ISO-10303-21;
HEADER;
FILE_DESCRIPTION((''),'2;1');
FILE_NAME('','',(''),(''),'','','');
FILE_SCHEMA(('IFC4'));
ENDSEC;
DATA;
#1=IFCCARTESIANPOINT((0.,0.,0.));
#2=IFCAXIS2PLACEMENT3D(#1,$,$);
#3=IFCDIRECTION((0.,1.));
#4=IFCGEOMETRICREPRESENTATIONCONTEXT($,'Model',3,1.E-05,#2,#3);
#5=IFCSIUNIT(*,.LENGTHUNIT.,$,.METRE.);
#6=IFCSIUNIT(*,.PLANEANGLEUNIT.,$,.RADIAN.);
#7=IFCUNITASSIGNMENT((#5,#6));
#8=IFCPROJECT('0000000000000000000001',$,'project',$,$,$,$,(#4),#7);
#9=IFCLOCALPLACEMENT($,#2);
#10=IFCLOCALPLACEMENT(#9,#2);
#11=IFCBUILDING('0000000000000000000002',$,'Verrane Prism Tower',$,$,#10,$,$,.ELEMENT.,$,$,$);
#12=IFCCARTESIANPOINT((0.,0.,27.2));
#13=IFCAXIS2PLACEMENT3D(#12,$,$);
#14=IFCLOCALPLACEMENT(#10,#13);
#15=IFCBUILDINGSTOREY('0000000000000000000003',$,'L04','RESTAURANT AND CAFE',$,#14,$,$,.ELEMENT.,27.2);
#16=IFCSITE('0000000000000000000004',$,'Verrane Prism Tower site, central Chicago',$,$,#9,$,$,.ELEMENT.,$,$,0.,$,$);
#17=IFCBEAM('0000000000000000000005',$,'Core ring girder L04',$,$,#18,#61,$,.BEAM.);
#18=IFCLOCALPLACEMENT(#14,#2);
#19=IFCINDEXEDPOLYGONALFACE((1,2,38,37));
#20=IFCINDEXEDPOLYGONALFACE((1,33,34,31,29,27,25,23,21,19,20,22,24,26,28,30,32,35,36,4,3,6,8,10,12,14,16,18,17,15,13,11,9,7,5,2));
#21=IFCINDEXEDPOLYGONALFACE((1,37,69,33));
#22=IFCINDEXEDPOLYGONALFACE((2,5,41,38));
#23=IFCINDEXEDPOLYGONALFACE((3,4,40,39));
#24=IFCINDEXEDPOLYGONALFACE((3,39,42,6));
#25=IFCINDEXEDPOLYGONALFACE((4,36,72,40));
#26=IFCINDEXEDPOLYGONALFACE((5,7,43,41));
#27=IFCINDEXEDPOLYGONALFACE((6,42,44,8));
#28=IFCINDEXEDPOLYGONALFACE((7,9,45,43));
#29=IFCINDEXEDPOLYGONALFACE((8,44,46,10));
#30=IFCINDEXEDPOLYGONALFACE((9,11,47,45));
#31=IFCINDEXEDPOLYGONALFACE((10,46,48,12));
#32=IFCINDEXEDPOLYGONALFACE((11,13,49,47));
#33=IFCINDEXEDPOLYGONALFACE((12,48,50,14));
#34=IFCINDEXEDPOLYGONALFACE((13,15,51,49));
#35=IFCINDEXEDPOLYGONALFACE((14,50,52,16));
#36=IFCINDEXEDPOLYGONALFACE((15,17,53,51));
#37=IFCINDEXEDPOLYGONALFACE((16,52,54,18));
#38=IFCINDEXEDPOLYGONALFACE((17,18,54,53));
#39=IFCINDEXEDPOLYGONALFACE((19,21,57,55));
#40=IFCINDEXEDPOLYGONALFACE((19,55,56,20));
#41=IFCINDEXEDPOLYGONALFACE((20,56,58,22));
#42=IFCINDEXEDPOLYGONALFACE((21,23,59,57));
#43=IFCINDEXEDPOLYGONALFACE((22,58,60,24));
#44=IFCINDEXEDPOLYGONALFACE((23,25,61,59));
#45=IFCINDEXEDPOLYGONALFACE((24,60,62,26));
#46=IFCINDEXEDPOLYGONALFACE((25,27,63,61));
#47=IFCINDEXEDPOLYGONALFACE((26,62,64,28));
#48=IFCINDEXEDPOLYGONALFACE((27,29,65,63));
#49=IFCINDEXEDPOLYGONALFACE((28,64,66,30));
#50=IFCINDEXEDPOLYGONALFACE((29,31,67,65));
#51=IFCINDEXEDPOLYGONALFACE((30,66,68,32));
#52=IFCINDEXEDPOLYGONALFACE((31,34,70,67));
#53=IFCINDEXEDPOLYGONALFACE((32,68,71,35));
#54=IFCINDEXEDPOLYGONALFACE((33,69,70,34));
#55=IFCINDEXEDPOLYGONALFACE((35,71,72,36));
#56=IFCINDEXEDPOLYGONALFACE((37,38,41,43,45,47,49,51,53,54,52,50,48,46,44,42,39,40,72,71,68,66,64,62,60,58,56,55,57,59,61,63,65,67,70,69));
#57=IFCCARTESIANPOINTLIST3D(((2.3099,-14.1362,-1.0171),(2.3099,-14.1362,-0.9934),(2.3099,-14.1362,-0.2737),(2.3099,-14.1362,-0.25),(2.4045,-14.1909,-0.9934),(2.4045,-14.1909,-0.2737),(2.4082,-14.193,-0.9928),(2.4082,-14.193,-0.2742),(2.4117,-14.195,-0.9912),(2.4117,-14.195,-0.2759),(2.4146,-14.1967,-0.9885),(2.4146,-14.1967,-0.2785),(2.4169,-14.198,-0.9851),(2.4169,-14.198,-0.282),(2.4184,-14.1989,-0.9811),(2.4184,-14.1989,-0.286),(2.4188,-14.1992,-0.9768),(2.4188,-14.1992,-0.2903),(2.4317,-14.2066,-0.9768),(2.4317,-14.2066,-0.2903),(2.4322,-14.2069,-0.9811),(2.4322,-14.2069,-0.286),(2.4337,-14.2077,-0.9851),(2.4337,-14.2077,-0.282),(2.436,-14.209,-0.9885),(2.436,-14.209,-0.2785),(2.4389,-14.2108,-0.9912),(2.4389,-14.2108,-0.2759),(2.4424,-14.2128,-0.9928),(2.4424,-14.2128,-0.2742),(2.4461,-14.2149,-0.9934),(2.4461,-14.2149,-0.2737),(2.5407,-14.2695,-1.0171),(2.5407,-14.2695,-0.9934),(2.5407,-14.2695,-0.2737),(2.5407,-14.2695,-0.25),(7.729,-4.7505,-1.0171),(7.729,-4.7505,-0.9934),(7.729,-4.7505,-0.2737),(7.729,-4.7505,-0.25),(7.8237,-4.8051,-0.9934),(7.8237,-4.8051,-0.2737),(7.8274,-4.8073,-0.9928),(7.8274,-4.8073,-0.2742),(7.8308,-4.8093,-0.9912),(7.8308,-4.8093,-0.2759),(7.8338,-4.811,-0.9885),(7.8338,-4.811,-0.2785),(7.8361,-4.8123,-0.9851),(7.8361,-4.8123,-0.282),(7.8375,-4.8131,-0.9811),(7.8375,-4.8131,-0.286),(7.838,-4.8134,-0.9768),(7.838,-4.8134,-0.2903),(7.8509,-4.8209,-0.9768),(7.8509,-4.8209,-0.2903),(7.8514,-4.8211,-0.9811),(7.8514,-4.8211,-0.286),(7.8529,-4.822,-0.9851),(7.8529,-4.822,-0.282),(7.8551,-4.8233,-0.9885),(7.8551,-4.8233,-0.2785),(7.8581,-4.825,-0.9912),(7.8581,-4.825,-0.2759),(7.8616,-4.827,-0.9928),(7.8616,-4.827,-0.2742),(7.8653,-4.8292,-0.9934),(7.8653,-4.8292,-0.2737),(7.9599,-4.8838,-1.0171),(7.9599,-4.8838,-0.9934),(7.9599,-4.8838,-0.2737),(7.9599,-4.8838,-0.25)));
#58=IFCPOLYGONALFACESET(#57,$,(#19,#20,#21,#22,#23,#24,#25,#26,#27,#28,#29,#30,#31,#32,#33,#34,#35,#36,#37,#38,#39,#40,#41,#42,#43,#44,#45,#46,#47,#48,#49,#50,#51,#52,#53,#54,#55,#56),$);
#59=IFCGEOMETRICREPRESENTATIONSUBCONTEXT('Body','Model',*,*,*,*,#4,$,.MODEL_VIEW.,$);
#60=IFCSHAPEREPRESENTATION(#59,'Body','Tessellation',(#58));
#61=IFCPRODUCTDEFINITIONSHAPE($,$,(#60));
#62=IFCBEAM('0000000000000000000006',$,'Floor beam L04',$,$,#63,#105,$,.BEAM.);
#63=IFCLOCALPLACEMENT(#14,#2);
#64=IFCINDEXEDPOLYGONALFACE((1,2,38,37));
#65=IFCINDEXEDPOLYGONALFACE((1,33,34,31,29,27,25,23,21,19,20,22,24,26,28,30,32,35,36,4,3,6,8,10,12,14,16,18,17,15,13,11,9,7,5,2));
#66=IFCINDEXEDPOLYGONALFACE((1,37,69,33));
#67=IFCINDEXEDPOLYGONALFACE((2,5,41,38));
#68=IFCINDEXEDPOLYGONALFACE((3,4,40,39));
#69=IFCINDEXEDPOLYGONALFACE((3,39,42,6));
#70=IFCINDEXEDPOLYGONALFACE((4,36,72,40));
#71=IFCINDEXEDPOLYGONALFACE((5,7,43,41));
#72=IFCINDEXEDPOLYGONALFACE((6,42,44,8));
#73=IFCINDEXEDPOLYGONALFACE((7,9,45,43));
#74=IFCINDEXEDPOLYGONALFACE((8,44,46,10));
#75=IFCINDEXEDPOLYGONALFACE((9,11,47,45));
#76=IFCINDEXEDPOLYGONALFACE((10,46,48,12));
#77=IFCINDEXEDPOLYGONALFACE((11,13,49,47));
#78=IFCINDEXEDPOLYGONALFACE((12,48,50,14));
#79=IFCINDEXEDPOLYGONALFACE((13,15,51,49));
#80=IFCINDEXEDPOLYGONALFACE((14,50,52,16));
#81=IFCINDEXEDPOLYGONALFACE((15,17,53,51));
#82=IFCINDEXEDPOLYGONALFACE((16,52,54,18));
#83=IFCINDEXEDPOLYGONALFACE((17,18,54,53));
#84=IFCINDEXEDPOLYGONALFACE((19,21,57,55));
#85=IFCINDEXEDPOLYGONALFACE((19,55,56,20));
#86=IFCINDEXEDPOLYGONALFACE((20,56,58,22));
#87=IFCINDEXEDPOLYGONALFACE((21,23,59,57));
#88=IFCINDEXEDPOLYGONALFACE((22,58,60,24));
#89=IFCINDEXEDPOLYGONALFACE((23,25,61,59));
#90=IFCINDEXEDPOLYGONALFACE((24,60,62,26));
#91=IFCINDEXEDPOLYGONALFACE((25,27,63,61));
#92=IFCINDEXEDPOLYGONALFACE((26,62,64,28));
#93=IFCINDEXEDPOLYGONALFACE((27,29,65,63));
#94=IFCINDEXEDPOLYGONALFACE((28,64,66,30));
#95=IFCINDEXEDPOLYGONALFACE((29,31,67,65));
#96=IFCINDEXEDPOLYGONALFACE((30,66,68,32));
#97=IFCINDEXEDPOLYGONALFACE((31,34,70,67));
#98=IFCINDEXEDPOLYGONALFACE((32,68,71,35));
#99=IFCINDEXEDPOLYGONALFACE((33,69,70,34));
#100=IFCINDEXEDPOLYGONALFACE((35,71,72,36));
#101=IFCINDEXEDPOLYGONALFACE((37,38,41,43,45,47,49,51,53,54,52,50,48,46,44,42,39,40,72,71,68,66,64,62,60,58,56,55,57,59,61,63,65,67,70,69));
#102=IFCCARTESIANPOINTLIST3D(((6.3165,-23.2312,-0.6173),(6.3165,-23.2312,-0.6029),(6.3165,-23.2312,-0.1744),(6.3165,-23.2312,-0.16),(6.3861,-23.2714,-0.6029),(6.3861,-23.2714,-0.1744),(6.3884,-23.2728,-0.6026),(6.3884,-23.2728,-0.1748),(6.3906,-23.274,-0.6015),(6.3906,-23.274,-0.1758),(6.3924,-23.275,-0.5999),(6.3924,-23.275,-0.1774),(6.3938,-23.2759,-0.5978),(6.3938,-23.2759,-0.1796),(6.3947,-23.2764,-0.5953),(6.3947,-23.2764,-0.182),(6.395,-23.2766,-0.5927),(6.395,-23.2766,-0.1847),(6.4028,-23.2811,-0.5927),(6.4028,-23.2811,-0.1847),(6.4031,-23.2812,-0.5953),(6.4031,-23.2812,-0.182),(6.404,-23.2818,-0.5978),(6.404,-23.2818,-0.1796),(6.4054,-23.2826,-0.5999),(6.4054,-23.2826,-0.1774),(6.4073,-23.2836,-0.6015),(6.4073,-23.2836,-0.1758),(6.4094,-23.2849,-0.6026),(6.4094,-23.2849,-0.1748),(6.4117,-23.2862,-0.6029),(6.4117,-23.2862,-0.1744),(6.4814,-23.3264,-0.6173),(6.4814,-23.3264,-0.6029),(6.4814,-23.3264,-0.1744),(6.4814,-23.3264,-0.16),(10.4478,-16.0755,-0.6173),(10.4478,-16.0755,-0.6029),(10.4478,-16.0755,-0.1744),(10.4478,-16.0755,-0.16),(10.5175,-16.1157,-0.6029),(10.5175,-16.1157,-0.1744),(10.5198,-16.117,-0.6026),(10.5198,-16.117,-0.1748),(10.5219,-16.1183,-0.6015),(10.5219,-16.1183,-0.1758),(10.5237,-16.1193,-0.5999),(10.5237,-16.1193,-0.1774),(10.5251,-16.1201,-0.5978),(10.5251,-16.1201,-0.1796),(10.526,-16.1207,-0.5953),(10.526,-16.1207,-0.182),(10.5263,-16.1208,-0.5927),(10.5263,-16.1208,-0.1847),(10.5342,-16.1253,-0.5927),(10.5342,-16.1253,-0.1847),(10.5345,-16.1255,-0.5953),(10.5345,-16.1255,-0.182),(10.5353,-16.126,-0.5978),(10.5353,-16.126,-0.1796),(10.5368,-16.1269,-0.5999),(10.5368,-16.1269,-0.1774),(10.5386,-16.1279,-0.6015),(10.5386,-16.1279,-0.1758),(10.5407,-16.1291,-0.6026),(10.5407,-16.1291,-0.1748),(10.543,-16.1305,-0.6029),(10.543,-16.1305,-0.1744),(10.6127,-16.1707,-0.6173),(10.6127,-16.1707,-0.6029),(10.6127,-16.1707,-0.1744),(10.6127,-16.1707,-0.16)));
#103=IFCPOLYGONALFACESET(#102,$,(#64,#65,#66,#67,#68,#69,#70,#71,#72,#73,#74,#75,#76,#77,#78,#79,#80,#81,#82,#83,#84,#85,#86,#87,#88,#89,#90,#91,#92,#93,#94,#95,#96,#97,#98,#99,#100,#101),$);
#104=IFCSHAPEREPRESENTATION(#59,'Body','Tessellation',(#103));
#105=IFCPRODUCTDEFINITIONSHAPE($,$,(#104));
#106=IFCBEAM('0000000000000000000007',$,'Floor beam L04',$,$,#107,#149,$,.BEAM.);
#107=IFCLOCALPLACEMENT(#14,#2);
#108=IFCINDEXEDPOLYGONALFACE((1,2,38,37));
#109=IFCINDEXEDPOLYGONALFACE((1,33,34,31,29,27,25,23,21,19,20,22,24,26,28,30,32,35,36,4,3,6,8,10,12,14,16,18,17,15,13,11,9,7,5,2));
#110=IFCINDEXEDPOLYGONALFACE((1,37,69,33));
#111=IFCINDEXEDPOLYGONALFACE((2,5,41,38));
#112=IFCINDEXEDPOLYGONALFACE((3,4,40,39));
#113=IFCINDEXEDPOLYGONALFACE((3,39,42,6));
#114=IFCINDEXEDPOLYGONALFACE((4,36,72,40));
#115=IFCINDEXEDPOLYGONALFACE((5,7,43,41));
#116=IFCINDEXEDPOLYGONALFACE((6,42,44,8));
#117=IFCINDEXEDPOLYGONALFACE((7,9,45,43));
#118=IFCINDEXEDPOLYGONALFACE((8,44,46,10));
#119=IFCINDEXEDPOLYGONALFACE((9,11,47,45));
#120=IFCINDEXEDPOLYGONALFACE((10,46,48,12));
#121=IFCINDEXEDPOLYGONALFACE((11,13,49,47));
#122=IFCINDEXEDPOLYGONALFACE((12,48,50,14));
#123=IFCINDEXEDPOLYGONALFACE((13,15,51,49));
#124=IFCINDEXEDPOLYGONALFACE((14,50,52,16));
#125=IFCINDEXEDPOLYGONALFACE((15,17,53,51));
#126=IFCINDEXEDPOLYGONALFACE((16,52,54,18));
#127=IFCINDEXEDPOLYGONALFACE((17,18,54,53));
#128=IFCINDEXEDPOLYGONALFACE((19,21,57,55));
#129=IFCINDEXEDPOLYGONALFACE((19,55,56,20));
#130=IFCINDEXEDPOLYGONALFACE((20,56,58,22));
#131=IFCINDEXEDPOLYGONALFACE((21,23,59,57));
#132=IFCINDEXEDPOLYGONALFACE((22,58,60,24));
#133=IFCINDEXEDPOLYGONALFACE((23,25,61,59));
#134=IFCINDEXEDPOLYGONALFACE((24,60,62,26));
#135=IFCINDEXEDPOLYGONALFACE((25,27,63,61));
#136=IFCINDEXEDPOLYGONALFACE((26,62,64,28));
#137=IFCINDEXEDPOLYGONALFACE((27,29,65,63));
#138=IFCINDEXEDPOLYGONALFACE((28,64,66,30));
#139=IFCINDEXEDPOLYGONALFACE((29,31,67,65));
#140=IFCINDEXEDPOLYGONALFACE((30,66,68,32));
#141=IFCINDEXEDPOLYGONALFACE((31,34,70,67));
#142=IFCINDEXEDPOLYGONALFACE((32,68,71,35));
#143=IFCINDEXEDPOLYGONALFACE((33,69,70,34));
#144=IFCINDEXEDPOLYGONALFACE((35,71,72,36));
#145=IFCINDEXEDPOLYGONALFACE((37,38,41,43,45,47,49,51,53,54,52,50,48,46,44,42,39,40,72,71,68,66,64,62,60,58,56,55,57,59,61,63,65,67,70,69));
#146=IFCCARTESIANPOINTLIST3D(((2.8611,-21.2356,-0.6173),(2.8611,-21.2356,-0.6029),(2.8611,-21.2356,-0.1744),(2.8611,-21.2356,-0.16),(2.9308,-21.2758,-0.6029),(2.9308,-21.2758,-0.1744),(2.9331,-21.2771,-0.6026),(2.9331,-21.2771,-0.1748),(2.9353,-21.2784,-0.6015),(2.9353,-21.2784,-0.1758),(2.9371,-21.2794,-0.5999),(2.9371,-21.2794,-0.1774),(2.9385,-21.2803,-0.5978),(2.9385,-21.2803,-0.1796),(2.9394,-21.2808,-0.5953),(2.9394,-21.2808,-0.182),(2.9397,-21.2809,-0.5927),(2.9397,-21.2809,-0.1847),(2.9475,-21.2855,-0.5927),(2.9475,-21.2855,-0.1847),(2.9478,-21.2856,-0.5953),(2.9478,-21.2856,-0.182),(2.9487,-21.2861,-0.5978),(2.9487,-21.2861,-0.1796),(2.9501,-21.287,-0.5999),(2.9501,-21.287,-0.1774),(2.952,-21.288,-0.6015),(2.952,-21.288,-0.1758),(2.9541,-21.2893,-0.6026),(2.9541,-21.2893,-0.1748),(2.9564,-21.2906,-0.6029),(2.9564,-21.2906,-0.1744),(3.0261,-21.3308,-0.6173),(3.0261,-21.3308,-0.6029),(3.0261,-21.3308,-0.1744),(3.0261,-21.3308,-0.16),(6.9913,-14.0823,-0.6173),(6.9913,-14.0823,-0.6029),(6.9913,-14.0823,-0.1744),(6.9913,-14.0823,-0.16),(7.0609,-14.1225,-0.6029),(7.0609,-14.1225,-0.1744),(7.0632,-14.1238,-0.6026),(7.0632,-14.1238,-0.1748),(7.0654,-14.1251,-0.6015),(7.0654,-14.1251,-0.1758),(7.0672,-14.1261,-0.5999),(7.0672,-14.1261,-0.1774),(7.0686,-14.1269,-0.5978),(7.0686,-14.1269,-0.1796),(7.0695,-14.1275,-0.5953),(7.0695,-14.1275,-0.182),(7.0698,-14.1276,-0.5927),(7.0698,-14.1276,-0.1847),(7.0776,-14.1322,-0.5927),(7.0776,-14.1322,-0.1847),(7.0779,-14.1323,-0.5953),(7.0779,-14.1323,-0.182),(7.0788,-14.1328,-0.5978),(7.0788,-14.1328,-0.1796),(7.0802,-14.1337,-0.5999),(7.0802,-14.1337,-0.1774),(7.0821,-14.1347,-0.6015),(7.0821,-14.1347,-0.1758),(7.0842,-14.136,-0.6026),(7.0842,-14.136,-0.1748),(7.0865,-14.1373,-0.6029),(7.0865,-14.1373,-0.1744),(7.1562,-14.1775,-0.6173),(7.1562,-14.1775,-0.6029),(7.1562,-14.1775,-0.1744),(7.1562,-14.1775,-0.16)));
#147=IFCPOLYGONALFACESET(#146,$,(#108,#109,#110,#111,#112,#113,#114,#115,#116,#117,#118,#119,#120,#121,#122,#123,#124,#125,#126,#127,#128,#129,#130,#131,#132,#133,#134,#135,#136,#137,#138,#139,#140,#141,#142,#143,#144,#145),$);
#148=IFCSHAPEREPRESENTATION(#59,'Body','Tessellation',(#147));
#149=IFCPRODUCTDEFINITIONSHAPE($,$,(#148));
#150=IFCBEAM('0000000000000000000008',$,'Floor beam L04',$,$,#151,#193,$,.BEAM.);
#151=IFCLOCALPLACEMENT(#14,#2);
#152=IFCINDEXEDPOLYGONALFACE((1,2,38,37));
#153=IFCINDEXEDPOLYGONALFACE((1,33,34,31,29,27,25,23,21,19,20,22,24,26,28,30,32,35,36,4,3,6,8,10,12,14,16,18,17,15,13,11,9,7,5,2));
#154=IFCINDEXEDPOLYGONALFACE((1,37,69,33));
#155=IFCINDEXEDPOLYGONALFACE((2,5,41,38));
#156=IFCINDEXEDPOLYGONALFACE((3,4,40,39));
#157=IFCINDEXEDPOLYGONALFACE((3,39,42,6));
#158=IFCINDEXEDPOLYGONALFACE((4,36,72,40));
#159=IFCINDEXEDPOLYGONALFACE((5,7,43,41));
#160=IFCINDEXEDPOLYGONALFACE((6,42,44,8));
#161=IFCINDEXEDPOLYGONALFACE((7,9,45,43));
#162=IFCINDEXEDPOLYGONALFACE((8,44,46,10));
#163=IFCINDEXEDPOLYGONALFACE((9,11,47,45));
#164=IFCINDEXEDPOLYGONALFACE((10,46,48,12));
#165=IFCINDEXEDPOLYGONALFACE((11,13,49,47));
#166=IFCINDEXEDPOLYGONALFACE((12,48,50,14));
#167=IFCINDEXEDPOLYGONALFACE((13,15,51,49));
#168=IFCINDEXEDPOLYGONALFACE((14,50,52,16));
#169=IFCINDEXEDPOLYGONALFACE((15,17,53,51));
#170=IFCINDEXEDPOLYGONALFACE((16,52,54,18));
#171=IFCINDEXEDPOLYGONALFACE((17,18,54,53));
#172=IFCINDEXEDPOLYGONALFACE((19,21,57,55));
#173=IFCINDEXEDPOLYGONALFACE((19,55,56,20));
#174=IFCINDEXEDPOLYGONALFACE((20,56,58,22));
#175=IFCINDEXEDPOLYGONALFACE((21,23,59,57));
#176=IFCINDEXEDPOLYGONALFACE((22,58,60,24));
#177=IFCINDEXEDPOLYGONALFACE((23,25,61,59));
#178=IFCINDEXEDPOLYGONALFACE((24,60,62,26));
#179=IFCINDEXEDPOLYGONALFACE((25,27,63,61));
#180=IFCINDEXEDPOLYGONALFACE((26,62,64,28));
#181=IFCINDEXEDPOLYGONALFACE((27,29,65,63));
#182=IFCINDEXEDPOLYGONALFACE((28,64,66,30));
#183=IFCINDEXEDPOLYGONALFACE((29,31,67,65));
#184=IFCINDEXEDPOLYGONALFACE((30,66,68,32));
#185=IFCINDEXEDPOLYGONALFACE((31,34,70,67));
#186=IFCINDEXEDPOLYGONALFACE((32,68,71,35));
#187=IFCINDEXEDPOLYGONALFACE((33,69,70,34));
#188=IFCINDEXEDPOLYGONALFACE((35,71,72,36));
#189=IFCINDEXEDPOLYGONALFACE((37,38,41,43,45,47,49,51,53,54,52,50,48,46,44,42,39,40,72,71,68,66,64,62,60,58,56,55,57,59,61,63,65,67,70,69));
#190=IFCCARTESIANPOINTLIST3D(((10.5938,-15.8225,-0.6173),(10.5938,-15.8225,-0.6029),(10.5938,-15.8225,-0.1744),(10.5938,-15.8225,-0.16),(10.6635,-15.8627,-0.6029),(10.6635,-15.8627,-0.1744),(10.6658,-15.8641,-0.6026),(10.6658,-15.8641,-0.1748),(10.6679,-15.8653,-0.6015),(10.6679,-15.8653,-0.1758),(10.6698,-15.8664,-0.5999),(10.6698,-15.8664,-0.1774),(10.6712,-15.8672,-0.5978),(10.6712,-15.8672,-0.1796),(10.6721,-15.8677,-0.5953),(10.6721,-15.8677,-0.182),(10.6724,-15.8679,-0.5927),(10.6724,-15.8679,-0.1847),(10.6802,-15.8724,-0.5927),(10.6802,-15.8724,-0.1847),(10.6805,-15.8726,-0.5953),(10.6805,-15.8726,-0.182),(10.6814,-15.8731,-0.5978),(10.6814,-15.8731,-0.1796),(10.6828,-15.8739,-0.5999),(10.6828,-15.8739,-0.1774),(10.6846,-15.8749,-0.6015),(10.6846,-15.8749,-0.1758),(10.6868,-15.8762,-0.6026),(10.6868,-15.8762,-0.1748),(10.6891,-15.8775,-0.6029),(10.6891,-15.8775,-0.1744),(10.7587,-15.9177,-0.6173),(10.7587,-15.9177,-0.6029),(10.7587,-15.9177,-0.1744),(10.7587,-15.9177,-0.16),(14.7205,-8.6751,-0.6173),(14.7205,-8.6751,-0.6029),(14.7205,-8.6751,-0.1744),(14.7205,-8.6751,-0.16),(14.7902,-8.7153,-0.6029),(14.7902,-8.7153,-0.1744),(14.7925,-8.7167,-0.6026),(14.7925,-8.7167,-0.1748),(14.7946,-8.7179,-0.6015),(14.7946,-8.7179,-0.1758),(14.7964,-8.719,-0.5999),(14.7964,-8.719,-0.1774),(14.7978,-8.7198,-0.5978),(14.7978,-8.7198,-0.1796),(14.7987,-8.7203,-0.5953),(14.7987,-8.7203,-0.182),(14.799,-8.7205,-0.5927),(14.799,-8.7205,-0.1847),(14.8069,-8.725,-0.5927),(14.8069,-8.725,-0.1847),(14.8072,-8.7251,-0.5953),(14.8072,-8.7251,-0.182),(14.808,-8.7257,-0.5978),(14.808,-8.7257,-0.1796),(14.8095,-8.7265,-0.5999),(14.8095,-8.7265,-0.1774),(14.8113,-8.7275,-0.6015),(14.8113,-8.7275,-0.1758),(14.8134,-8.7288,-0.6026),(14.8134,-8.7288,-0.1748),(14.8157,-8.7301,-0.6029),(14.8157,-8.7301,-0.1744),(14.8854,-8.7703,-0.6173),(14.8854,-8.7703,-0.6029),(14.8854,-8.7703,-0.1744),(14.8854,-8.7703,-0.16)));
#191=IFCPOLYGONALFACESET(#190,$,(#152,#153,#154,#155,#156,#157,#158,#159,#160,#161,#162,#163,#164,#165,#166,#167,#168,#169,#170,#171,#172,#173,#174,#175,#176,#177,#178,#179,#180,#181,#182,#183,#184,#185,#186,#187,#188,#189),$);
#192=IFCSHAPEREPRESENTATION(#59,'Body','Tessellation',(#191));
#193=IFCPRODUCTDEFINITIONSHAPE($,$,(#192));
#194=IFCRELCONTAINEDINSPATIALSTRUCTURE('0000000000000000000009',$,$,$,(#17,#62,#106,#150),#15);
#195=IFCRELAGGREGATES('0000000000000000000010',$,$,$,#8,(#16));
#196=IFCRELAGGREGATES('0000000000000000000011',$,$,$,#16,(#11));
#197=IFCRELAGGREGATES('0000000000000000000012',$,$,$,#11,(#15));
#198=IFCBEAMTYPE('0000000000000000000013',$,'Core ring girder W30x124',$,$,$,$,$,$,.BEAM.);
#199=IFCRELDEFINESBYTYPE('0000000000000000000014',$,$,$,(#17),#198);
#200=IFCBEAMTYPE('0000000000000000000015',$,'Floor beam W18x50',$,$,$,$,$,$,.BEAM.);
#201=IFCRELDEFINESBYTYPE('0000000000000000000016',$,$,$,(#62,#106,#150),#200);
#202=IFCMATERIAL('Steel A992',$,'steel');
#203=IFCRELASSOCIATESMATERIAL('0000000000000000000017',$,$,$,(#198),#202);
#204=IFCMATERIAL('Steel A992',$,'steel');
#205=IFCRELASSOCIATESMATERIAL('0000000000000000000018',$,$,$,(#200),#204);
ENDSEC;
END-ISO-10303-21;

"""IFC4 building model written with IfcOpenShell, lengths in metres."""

from ifc_helpers import new_model, si_unit, direction, frame, origin, origin_2d, place, context, subcontext, project, spatial, i_section, extrude, material, material_profile, profile_set, type_object, element, save


model = new_model("IFC4")

# Units and contexts
model_context = context("Model", 3, precision=1e-05, world=origin(), true_north=direction((0.0, 1.0)))
body_context = subcontext(model_context, "Body", "Model", "MODEL_VIEW")
ifc_project = project(units=[si_unit("LENGTHUNIT", "METRE"), si_unit("PLANEANGLEUNIT", "RADIAN")], contexts=[model_context])

# Site, building, storey
site_placement = place(None, origin())
site = spatial("IfcSite", under=ifc_project, at=site_placement, Name="Verrane Prism Tower site, central Chicago", CompositionType="ELEMENT", RefElevation=0.0)
building_placement = place(site_placement, origin())
building = spatial("IfcBuilding", under=site, at=building_placement, Name="Verrane Prism Tower", CompositionType="ELEMENT")
storey_placement = place(building_placement, frame((0.0, 0.0, 27.2)))
storey = spatial("IfcBuildingStorey", under=building, at=storey_placement, Name="L04", Description="RESTAURANT AND CAFE", CompositionType="ELEMENT", Elevation=27.2)

# Beams
ifc_material_1 = material(Name="Steel A992", Category="steel")
ifc_material_profile_1 = material_profile(ifc_material_1, i_section(OverallWidth=0.2666, OverallDepth=0.7671, WebThickness=0.0149, FlangeThickness=0.0237, FilletRadius=0.0166, at=origin_2d()), Name="W30x124")
ifc_profile_set_1 = profile_set([ifc_material_profile_1], Name="Steel A992")
beam_type_1 = type_object("IfcBeamType", Name="Core ring girder W30x124", PredefinedType="BEAM", material=ifc_profile_set_1)
beam_1_placement = place(storey_placement, frame((2.4253, -14.2029, -0.6335), z_axis=(0.500023, 0.866012, 0.0), x_axis=(-0.866012, 0.500023, 0.0)))
element("IfcBeam", 1, at=beam_1_placement, inside=storey, type_object=beam_type_1, Name="Core ring girder L04", PredefinedType="BEAM", context=body_context, shape_type="SweptSolid", body=[
    extrude(i_section(OverallWidth=0.2666, OverallDepth=0.7671, WebThickness=0.0149, FlangeThickness=0.0237, FilletRadius=0.0166, at=origin_2d()), origin(), (0.0, 0.0, 1.0), 10.8379),
])
ifc_material_2 = material(Name="Steel A992", Category="steel")
ifc_material_profile_2 = material_profile(ifc_material_2, i_section(OverallWidth=0.1904, OverallDepth=0.4573, WebThickness=0.009, FlangeThickness=0.0144, FilletRadius=0.0103, at=origin_2d()), Name="W18x50")
ifc_profile_set_2 = profile_set([ifc_material_profile_2], Name="Steel A992")
beam_type_2 = type_object("IfcBeamType", Name="Floor beam W18x50", PredefinedType="BEAM", material=ifc_profile_set_2)
beam_2_placement = place(storey_placement, frame((6.3989, -23.2788, -0.3887), z_axis=(0.499997, 0.866027, 0.0), x_axis=(-0.866027, 0.499997, 0.0)))
element("IfcBeam", 2, at=beam_2_placement, inside=storey, type_object=beam_type_2, Name="Floor beam L04", PredefinedType="BEAM", context=body_context, shape_type="SweptSolid", body=[
    extrude(i_section(OverallWidth=0.1904, OverallDepth=0.4573, WebThickness=0.009, FlangeThickness=0.0144, FilletRadius=0.0103, at=origin_2d()), origin(), (0.0, 0.0, 1.0), 8.2627),
])
beam_3_placement = place(storey_placement, frame((2.9436, -21.2832, -0.3887), z_axis=(0.500014, 0.866017, 0.0), x_axis=(-0.866017, 0.500014, 0.0)))
element("IfcBeam", 3, at=beam_3_placement, inside=storey, type_object=beam_type_2, Name="Floor beam L04", PredefinedType="BEAM", context=body_context, shape_type="SweptSolid", body=[
    extrude(i_section(OverallWidth=0.1904, OverallDepth=0.4573, WebThickness=0.009, FlangeThickness=0.0144, FilletRadius=0.0103, at=origin_2d()), origin(), (0.0, 0.0, 1.0), 8.26),
])
beam_4_placement = place(storey_placement, frame((10.6763, -15.8701, -0.3887), z_axis=(0.500011, 0.866019, 0.0), x_axis=(-0.866019, 0.500011, 0.0)))
element("IfcBeam", 4, at=beam_4_placement, inside=storey, type_object=beam_type_2, Name="Floor beam L04", PredefinedType="BEAM", context=body_context, shape_type="SweptSolid", body=[
    extrude(i_section(OverallWidth=0.1904, OverallDepth=0.4573, WebThickness=0.009, FlangeThickness=0.0144, FilletRadius=0.0103, at=origin_2d()), origin(), (0.0, 0.0, 1.0), 8.2532),
])

save(model, "model.ifc")
